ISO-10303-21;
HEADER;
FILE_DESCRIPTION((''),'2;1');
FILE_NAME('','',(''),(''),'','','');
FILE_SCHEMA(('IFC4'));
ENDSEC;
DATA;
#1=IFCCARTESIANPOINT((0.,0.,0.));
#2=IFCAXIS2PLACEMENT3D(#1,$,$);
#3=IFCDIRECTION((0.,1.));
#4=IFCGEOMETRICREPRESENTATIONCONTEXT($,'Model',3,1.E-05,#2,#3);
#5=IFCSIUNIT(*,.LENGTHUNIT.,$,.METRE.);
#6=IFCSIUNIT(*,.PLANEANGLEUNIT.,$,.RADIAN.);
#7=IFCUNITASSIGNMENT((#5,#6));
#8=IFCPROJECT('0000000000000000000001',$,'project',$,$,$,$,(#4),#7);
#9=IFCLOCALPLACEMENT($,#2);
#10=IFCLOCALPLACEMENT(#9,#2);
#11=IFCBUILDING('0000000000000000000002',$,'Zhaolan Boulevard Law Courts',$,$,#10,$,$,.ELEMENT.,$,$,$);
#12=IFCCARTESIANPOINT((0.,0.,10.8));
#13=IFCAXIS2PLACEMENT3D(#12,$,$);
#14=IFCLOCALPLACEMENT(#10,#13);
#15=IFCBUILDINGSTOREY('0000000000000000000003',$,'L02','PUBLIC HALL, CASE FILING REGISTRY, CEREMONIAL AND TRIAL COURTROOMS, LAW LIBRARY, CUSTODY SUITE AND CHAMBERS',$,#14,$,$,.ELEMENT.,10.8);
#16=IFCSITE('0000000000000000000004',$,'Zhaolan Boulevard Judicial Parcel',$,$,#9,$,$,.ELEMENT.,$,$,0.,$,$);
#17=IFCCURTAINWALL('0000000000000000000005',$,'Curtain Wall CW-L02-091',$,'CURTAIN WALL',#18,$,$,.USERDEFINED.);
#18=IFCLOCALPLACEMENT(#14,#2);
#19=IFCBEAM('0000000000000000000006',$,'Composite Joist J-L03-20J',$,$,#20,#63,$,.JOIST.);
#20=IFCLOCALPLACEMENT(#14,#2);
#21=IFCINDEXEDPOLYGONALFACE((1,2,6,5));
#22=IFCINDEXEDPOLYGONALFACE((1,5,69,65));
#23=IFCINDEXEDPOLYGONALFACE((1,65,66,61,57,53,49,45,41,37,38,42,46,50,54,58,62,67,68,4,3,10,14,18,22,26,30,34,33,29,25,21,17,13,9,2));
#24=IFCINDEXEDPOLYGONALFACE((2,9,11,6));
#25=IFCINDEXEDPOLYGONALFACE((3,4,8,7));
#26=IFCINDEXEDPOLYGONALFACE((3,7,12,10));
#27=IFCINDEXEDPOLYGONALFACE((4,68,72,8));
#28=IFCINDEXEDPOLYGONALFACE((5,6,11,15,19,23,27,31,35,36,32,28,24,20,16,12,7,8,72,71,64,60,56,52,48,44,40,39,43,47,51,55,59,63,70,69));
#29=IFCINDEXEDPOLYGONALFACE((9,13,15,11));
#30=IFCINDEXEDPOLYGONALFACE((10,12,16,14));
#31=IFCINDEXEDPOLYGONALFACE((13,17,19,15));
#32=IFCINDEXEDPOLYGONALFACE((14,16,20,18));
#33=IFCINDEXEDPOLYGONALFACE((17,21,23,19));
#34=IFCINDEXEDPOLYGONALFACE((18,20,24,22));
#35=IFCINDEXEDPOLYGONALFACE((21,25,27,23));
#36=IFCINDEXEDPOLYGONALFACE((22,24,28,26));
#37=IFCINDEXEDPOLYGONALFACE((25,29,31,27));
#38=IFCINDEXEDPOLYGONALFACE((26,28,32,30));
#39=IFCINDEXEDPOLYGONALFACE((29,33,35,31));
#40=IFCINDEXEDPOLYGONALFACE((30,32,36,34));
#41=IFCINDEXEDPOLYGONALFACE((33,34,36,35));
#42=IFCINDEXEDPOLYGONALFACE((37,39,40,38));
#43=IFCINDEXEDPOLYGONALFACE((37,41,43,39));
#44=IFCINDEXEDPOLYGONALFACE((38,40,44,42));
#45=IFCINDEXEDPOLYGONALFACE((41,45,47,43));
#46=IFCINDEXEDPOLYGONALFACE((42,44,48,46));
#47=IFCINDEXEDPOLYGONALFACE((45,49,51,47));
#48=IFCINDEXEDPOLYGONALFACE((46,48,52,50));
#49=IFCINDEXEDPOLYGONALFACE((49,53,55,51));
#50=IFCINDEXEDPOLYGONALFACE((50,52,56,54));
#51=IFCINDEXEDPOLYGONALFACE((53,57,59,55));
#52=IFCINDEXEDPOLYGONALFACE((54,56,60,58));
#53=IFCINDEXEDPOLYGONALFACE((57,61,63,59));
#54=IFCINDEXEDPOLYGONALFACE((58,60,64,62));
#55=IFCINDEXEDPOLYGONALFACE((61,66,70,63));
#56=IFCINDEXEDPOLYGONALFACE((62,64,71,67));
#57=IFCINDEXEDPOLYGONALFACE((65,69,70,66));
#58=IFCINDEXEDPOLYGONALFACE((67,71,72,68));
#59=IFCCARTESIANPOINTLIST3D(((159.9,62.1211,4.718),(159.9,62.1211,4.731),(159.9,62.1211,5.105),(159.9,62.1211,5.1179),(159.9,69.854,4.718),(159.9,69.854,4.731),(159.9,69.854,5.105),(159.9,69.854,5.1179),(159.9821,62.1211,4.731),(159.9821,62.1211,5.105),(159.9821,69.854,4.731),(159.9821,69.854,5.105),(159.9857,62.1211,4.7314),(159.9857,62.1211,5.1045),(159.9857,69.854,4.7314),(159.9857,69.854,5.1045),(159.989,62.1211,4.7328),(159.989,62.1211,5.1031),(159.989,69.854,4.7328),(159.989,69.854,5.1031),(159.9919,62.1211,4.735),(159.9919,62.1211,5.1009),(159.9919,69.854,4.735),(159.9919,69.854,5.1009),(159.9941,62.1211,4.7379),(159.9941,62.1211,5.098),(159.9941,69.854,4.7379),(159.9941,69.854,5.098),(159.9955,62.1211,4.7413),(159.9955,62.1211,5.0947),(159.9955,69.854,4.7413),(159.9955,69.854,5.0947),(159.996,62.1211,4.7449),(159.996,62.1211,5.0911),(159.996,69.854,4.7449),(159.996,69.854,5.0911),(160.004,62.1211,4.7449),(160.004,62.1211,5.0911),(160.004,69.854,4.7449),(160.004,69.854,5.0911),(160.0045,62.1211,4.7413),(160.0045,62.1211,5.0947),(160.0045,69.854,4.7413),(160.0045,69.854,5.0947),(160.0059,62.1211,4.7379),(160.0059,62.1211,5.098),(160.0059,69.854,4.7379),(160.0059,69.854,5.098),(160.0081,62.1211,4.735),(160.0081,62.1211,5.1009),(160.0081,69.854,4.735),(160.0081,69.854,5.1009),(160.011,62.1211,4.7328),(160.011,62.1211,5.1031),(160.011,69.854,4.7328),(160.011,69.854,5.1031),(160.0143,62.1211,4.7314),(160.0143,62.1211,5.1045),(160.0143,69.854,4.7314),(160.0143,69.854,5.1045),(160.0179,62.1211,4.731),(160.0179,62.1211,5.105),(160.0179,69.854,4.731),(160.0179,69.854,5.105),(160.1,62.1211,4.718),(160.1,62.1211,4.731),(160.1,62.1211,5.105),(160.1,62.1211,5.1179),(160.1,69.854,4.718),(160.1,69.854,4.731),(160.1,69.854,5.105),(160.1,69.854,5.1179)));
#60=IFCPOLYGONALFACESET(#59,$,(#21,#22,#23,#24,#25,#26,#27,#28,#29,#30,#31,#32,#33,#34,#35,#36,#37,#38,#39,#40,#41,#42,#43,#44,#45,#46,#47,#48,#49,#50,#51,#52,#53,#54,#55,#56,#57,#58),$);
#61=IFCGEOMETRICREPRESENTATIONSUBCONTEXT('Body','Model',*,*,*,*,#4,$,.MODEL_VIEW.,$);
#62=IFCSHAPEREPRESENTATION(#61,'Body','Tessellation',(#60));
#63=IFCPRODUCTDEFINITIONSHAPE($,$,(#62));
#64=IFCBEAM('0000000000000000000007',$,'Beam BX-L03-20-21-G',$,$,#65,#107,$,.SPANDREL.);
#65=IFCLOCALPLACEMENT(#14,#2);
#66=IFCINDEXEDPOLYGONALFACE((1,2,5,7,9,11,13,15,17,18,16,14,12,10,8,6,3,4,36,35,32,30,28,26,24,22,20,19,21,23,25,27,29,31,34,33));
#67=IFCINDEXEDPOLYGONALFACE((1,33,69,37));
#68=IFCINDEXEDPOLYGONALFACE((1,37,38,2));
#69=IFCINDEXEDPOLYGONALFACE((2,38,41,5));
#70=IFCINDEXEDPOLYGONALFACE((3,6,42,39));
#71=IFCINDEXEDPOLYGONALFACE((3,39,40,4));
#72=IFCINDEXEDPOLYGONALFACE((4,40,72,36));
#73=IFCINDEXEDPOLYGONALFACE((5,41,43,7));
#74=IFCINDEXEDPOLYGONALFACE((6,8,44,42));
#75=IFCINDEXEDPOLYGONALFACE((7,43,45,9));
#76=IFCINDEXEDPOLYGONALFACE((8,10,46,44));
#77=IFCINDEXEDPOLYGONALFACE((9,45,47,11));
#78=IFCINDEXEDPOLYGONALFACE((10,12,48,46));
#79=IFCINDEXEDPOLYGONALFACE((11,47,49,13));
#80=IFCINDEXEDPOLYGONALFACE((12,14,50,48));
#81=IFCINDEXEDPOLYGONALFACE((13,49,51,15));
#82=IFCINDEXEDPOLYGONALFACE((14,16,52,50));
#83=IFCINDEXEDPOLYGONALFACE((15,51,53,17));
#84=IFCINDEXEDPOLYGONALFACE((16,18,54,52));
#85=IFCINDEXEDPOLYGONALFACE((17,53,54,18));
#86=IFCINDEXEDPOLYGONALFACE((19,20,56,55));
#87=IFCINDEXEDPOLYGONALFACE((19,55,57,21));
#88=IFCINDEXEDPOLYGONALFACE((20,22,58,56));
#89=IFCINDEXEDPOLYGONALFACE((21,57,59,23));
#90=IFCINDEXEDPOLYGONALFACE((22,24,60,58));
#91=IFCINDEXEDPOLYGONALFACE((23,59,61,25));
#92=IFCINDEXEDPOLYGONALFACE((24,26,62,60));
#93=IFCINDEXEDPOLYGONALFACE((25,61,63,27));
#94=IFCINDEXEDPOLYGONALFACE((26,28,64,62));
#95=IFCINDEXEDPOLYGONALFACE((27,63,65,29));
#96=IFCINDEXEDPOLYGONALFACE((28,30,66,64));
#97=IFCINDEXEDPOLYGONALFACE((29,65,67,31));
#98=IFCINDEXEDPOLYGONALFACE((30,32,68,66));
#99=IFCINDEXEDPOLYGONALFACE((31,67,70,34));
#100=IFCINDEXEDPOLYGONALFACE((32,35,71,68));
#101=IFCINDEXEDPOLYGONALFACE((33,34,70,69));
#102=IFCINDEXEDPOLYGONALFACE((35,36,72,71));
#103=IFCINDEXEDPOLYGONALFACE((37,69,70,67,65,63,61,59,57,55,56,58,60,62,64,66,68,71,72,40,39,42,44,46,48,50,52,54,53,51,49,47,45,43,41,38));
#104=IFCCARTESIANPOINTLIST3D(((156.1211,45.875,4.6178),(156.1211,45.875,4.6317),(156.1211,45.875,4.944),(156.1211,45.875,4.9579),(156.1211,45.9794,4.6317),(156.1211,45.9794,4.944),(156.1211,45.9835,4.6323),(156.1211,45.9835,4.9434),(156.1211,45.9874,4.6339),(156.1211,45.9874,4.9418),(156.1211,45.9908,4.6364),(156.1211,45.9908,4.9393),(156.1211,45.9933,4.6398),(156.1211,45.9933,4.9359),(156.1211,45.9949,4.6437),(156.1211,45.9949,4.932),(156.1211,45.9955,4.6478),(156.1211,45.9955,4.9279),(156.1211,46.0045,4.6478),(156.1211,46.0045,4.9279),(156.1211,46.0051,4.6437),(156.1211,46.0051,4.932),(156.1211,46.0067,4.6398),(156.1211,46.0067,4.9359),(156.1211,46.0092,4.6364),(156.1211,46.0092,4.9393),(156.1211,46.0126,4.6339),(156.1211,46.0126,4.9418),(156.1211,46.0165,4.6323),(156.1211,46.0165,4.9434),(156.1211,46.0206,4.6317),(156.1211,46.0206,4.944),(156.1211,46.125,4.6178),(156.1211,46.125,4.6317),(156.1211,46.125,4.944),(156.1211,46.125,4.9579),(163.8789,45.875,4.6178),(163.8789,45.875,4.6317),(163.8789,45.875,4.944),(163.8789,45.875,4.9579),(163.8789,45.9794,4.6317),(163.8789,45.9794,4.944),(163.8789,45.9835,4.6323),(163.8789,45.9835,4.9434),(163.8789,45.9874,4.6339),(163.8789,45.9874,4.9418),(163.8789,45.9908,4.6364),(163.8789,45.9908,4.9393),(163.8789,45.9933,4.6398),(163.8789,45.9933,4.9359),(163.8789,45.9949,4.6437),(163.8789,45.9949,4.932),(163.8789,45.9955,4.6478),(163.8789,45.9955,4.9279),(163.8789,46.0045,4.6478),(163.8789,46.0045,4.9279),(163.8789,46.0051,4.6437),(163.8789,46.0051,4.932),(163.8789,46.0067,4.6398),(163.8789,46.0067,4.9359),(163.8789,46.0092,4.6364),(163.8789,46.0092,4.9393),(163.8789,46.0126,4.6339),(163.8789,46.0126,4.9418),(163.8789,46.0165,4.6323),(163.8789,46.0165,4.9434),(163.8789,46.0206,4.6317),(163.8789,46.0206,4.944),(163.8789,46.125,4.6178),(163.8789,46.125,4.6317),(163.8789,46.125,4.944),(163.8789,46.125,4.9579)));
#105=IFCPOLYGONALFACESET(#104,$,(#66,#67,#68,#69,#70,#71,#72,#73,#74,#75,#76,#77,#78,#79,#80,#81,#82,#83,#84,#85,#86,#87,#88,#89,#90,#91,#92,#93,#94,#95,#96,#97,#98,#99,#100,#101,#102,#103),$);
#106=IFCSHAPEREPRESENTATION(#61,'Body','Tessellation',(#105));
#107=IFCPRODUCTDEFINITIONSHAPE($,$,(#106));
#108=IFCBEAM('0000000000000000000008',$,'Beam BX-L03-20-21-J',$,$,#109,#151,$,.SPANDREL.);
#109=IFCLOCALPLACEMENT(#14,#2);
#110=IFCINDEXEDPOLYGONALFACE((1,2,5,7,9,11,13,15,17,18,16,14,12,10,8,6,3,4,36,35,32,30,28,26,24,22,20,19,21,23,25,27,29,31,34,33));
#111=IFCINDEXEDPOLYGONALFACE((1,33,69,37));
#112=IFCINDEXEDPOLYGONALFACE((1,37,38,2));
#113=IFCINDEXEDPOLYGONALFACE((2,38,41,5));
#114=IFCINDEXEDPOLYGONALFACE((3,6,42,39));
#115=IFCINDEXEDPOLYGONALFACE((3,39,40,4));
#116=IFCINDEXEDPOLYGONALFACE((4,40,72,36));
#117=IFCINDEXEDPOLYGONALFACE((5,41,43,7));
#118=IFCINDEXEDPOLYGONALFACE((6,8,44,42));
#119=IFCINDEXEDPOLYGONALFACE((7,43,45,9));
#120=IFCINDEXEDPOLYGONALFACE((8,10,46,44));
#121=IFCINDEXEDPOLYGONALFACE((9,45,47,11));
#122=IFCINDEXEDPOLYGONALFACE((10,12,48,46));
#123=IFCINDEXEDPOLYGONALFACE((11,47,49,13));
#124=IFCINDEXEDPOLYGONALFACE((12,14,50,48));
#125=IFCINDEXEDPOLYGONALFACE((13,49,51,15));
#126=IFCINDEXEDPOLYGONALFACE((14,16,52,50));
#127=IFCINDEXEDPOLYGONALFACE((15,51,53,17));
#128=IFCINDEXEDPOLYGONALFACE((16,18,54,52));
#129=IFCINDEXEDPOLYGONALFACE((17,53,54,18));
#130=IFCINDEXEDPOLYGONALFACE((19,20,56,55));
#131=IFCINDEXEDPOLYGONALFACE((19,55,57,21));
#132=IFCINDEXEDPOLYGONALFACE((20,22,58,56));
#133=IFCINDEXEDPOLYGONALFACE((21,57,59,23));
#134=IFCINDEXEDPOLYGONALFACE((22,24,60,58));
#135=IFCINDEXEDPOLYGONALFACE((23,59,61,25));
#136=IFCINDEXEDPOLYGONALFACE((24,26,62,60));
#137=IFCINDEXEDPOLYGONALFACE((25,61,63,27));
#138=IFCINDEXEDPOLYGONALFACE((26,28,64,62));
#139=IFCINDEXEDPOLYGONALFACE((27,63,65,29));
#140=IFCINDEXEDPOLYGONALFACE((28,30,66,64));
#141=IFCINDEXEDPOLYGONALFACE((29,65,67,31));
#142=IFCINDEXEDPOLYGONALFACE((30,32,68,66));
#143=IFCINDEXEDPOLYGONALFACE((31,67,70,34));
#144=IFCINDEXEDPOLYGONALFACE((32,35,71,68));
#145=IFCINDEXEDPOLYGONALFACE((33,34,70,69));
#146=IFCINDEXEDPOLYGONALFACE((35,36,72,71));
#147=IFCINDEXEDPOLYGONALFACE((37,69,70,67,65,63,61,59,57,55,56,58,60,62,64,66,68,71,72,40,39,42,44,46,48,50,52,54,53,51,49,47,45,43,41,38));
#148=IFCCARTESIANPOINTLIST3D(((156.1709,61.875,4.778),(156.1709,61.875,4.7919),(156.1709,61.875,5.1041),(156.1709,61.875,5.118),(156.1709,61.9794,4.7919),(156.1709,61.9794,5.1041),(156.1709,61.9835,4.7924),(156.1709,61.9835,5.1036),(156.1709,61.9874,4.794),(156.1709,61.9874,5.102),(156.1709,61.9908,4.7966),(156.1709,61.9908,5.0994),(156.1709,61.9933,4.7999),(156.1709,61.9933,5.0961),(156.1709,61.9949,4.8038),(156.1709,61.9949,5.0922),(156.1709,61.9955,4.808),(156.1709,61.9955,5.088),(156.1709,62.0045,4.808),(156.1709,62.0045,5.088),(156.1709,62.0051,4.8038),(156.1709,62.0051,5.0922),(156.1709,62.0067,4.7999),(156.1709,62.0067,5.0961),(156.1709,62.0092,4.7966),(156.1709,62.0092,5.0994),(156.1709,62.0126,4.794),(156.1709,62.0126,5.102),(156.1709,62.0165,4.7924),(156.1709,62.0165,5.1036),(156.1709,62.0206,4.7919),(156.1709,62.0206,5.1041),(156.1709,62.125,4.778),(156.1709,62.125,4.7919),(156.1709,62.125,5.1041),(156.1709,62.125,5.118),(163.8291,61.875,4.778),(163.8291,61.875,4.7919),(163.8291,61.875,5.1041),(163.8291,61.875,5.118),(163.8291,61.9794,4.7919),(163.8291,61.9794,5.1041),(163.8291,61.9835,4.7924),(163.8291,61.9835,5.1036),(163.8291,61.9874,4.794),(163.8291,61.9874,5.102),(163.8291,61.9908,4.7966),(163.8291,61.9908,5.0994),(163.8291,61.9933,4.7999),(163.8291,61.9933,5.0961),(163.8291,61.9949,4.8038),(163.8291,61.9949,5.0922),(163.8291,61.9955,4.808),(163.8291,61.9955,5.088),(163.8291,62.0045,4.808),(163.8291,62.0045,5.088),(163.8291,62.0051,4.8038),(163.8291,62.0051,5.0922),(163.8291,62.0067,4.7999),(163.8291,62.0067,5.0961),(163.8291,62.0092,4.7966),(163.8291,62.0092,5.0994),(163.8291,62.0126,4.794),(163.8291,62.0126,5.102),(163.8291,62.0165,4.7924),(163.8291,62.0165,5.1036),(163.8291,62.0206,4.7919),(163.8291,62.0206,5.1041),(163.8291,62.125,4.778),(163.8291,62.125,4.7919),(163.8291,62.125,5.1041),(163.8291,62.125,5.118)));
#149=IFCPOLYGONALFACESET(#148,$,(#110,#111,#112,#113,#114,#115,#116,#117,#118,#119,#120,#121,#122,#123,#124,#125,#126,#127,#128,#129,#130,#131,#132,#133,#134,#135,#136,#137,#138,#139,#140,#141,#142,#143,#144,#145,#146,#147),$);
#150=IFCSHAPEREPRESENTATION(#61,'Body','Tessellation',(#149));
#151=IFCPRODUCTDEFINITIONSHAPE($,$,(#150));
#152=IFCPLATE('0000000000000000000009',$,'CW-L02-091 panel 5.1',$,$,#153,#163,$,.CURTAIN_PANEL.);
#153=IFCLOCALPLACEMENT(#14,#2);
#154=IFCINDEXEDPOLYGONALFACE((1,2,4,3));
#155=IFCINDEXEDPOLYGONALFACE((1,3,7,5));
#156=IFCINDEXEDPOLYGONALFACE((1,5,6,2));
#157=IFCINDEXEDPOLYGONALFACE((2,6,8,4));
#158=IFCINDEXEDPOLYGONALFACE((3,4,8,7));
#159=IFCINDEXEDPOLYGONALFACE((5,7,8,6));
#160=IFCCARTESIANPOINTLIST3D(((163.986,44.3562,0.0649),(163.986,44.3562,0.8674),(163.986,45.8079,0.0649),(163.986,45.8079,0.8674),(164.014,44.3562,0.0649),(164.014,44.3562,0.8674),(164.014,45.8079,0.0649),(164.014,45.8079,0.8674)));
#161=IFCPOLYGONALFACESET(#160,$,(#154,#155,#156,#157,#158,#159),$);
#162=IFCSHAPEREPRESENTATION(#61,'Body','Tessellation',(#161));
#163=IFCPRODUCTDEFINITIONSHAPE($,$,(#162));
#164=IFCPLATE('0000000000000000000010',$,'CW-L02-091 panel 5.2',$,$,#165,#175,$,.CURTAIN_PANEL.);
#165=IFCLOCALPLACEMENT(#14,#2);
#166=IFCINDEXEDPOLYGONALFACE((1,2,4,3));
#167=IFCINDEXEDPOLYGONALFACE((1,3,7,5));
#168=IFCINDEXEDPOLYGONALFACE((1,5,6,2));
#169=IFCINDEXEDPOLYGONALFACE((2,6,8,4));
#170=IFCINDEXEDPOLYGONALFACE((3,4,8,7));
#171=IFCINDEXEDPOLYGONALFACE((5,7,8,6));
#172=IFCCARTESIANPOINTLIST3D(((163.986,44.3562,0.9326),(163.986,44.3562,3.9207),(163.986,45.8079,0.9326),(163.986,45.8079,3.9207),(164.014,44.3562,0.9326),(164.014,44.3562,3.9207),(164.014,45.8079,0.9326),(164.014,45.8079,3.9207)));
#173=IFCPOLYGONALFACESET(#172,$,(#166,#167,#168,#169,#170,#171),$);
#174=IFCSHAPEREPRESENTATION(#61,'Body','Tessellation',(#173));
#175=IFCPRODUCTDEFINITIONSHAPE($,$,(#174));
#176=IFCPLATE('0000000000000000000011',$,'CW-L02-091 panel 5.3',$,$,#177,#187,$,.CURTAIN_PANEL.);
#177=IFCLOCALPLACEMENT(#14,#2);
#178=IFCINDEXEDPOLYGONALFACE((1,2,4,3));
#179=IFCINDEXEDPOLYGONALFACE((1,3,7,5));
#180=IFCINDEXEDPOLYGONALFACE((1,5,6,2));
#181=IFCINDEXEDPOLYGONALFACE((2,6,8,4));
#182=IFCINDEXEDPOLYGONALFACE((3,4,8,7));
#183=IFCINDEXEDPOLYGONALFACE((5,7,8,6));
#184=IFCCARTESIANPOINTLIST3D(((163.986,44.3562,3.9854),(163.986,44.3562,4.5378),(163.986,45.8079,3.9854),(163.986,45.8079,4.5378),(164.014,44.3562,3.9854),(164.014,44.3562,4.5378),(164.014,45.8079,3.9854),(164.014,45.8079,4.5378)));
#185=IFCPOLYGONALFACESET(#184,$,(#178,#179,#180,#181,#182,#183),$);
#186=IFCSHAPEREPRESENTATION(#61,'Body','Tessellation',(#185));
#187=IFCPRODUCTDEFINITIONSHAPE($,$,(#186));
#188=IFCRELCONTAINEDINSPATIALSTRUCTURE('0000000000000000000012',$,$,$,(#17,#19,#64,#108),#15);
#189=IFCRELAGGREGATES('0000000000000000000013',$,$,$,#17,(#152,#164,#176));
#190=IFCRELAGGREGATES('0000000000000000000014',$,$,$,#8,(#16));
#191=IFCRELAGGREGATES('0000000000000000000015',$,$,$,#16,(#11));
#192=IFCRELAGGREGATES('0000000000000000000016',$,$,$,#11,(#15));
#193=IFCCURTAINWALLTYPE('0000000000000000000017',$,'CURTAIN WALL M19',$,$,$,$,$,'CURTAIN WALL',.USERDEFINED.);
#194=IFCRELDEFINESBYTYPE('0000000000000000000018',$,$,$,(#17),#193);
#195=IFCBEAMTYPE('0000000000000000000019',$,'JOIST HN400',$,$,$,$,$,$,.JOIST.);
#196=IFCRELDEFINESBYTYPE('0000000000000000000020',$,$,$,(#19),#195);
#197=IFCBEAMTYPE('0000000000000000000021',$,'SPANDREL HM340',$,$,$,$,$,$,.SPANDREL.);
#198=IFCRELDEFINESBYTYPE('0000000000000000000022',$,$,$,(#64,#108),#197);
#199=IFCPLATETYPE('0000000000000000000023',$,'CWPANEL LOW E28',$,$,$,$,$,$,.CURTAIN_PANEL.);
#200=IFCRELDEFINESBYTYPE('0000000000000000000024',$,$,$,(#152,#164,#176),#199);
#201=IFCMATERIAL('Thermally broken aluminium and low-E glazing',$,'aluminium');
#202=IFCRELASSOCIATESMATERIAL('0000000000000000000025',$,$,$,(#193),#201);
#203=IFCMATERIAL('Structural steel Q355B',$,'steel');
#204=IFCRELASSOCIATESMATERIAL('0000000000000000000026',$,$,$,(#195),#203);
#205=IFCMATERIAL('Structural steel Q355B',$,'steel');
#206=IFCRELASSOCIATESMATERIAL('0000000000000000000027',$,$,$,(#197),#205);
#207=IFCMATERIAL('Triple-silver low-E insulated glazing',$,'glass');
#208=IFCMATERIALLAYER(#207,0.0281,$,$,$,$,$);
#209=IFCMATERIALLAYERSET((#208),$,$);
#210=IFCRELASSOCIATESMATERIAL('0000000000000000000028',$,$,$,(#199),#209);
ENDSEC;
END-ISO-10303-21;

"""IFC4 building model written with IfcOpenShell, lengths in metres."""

from ifc_helpers import new_model, si_unit, direction, frame, origin, origin_2d, place, context, subcontext, project, spatial, rectangle, i_section, extrude, material, layer, layer_set, material_profile, profile_set, type_object, element, aggregate, save


model = new_model("IFC4")

# Units and contexts
model_context = context("Model", 3, precision=1e-05, world=origin(), true_north=direction((0.0, 1.0)))
body_context = subcontext(model_context, "Body", "Model", "MODEL_VIEW")
ifc_project = project(units=[si_unit("LENGTHUNIT", "METRE"), si_unit("PLANEANGLEUNIT", "RADIAN")], contexts=[model_context])

# Site, building, storey
site_placement = place(None, origin())
site = spatial("IfcSite", under=ifc_project, at=site_placement, Name="Zhaolan Boulevard Judicial Parcel", CompositionType="ELEMENT", RefElevation=0.0)
building_placement = place(site_placement, origin())
building = spatial("IfcBuilding", under=site, at=building_placement, Name="Zhaolan Boulevard Law Courts", CompositionType="ELEMENT")
storey_placement = place(building_placement, frame((0.0, 0.0, 10.8)))
storey = spatial("IfcBuildingStorey", under=building, at=storey_placement, Name="L02", Description="PUBLIC HALL, CASE FILING REGISTRY, CEREMONIAL AND TRIAL COURTROOMS, LAW LIBRARY, CUSTODY SUITE AND CHAMBERS", CompositionType="ELEMENT", Elevation=10.8)

# Curtain wall
ifc_material_1 = material(Name="Thermally broken aluminium and low-E glazing", Category="aluminium")
curtain_wall_type = type_object("IfcCurtainWallType", Name="CURTAIN WALL M19", ElementType="CURTAIN WALL", PredefinedType="USERDEFINED", material=ifc_material_1)
curtain_wall_placement = place(storey_placement, origin())
curtain_wall = element("IfcCurtainWall", 1, at=curtain_wall_placement, inside=storey, type_object=curtain_wall_type, Name="Curtain Wall CW-L02-091", ObjectType="CURTAIN WALL", PredefinedType="USERDEFINED")

# Beams
ifc_material_2 = material(Name="Structural steel Q355B", Category="steel")
ifc_material_profile_1 = material_profile(ifc_material_2, i_section(OverallWidth=0.2, OverallDepth=0.3999, WebThickness=0.0081, FlangeThickness=0.0129, FilletRadius=0.0139, at=origin_2d()), Name="HN400x200")
ifc_profile_set_1 = profile_set([ifc_material_profile_1], Name="Structural steel Q355B")
beam_type_1 = type_object("IfcBeamType", Name="JOIST HN400", PredefinedType="JOIST", material=ifc_profile_set_1)
beam_1_placement = place(storey_placement, frame((160.0, 62.1211, 4.918), z_axis=(0.0, 1.0, 0.0), x_axis=(-1.0, 0.0, 0.0)))
element("IfcBeam", 2, at=beam_1_placement, inside=storey, type_object=beam_type_1, Name="Composite Joist J-L03-20J", PredefinedType="JOIST", context=body_context, shape_type="SweptSolid", body=[
    extrude(i_section(OverallWidth=0.2, OverallDepth=0.3999, WebThickness=0.0081, FlangeThickness=0.0129, FilletRadius=0.0139, at=origin_2d()), origin(), (0.0, 0.0, 1.0), 7.7329),
])
ifc_material_3 = material(Name="Structural steel Q355B", Category="steel")
ifc_material_profile_2 = material_profile(ifc_material_3, i_section(OverallWidth=0.25, OverallDepth=0.3401, WebThickness=0.009, FlangeThickness=0.0139, FilletRadius=0.0161, at=origin_2d()), Name="HM340x250")
ifc_profile_set_2 = profile_set([ifc_material_profile_2], Name="Structural steel Q355B")
beam_type_2 = type_object("IfcBeamType", Name="SPANDREL HM340", PredefinedType="SPANDREL", material=ifc_profile_set_2)
beam_2_placement = place(storey_placement, frame((156.1211, 46.0, 4.7878), z_axis=(1.0, 0.0, 0.0), x_axis=(0.0, 1.0, 0.0)))
element("IfcBeam", 3, at=beam_2_placement, inside=storey, type_object=beam_type_2, Name="Beam BX-L03-20-21-G", PredefinedType="SPANDREL", context=body_context, shape_type="SweptSolid", body=[
    extrude(i_section(OverallWidth=0.25, OverallDepth=0.3401, WebThickness=0.009, FlangeThickness=0.0139, FilletRadius=0.0161, at=origin_2d()), origin(), (0.0, 0.0, 1.0), 7.7578),
])
beam_3_placement = place(storey_placement, frame((156.1709, 62.0, 4.948), z_axis=(1.0, 0.0, 0.0), x_axis=(0.0, 1.0, 0.0)))
element("IfcBeam", 4, at=beam_3_placement, inside=storey, type_object=beam_type_2, Name="Beam BX-L03-20-21-J", PredefinedType="SPANDREL", context=body_context, shape_type="SweptSolid", body=[
    extrude(i_section(OverallWidth=0.25, OverallDepth=0.3401, WebThickness=0.009, FlangeThickness=0.0139, FilletRadius=0.0161, at=origin_2d()), origin(), (0.0, 0.0, 1.0), 7.6582),
])

# Plates
ifc_material_4 = material(Name="Triple-silver low-E insulated glazing", Category="glass")
ifc_layer_1 = layer(ifc_material_4, 0.0281)
ifc_layer_set_1 = layer_set([ifc_layer_1])
plate_type_1 = type_object("IfcPlateType", Name="CWPANEL LOW E28", PredefinedType="CURTAIN_PANEL", material=ifc_layer_set_1)
plate_1_placement = place(storey_placement, frame((164.0, 45.082, 0.0649), z_axis=(0.0, 0.0, 1.0), x_axis=(0.0, 1.0, 0.0)))
plate_1 = element("IfcPlate", 5, at=plate_1_placement, type_object=plate_type_1, Name="CW-L02-091 panel 5.1", PredefinedType="CURTAIN_PANEL", context=body_context, shape_type="SweptSolid", body=[
    extrude(rectangle(XDim=1.4517, YDim=0.0281, at=origin_2d()), origin(), (0.0, 0.0, 1.0), 0.8025),
])
plate_2_placement = place(storey_placement, frame((164.0, 45.082, 0.9326), z_axis=(0.0, 0.0, 1.0), x_axis=(0.0, 1.0, 0.0)))
plate_2 = element("IfcPlate", 6, at=plate_2_placement, type_object=plate_type_1, Name="CW-L02-091 panel 5.2", PredefinedType="CURTAIN_PANEL", context=body_context, shape_type="SweptSolid", body=[
    extrude(rectangle(XDim=1.4517, YDim=0.0281, at=origin_2d()), origin(), (0.0, 0.0, 1.0), 2.988),
])
plate_3_placement = place(storey_placement, frame((164.0, 45.082, 3.9854), z_axis=(0.0, 0.0, 1.0), x_axis=(0.0, 1.0, 0.0)))
plate_3 = element("IfcPlate", 7, at=plate_3_placement, type_object=plate_type_1, Name="CW-L02-091 panel 5.3", PredefinedType="CURTAIN_PANEL", context=body_context, shape_type="SweptSolid", body=[
    extrude(rectangle(XDim=1.4517, YDim=0.0281, at=origin_2d()), origin(), (0.0, 0.0, 1.0), 0.5525),
])
aggregate(curtain_wall, [plate_1, plate_2, plate_3])

save(model, "model.ifc")
